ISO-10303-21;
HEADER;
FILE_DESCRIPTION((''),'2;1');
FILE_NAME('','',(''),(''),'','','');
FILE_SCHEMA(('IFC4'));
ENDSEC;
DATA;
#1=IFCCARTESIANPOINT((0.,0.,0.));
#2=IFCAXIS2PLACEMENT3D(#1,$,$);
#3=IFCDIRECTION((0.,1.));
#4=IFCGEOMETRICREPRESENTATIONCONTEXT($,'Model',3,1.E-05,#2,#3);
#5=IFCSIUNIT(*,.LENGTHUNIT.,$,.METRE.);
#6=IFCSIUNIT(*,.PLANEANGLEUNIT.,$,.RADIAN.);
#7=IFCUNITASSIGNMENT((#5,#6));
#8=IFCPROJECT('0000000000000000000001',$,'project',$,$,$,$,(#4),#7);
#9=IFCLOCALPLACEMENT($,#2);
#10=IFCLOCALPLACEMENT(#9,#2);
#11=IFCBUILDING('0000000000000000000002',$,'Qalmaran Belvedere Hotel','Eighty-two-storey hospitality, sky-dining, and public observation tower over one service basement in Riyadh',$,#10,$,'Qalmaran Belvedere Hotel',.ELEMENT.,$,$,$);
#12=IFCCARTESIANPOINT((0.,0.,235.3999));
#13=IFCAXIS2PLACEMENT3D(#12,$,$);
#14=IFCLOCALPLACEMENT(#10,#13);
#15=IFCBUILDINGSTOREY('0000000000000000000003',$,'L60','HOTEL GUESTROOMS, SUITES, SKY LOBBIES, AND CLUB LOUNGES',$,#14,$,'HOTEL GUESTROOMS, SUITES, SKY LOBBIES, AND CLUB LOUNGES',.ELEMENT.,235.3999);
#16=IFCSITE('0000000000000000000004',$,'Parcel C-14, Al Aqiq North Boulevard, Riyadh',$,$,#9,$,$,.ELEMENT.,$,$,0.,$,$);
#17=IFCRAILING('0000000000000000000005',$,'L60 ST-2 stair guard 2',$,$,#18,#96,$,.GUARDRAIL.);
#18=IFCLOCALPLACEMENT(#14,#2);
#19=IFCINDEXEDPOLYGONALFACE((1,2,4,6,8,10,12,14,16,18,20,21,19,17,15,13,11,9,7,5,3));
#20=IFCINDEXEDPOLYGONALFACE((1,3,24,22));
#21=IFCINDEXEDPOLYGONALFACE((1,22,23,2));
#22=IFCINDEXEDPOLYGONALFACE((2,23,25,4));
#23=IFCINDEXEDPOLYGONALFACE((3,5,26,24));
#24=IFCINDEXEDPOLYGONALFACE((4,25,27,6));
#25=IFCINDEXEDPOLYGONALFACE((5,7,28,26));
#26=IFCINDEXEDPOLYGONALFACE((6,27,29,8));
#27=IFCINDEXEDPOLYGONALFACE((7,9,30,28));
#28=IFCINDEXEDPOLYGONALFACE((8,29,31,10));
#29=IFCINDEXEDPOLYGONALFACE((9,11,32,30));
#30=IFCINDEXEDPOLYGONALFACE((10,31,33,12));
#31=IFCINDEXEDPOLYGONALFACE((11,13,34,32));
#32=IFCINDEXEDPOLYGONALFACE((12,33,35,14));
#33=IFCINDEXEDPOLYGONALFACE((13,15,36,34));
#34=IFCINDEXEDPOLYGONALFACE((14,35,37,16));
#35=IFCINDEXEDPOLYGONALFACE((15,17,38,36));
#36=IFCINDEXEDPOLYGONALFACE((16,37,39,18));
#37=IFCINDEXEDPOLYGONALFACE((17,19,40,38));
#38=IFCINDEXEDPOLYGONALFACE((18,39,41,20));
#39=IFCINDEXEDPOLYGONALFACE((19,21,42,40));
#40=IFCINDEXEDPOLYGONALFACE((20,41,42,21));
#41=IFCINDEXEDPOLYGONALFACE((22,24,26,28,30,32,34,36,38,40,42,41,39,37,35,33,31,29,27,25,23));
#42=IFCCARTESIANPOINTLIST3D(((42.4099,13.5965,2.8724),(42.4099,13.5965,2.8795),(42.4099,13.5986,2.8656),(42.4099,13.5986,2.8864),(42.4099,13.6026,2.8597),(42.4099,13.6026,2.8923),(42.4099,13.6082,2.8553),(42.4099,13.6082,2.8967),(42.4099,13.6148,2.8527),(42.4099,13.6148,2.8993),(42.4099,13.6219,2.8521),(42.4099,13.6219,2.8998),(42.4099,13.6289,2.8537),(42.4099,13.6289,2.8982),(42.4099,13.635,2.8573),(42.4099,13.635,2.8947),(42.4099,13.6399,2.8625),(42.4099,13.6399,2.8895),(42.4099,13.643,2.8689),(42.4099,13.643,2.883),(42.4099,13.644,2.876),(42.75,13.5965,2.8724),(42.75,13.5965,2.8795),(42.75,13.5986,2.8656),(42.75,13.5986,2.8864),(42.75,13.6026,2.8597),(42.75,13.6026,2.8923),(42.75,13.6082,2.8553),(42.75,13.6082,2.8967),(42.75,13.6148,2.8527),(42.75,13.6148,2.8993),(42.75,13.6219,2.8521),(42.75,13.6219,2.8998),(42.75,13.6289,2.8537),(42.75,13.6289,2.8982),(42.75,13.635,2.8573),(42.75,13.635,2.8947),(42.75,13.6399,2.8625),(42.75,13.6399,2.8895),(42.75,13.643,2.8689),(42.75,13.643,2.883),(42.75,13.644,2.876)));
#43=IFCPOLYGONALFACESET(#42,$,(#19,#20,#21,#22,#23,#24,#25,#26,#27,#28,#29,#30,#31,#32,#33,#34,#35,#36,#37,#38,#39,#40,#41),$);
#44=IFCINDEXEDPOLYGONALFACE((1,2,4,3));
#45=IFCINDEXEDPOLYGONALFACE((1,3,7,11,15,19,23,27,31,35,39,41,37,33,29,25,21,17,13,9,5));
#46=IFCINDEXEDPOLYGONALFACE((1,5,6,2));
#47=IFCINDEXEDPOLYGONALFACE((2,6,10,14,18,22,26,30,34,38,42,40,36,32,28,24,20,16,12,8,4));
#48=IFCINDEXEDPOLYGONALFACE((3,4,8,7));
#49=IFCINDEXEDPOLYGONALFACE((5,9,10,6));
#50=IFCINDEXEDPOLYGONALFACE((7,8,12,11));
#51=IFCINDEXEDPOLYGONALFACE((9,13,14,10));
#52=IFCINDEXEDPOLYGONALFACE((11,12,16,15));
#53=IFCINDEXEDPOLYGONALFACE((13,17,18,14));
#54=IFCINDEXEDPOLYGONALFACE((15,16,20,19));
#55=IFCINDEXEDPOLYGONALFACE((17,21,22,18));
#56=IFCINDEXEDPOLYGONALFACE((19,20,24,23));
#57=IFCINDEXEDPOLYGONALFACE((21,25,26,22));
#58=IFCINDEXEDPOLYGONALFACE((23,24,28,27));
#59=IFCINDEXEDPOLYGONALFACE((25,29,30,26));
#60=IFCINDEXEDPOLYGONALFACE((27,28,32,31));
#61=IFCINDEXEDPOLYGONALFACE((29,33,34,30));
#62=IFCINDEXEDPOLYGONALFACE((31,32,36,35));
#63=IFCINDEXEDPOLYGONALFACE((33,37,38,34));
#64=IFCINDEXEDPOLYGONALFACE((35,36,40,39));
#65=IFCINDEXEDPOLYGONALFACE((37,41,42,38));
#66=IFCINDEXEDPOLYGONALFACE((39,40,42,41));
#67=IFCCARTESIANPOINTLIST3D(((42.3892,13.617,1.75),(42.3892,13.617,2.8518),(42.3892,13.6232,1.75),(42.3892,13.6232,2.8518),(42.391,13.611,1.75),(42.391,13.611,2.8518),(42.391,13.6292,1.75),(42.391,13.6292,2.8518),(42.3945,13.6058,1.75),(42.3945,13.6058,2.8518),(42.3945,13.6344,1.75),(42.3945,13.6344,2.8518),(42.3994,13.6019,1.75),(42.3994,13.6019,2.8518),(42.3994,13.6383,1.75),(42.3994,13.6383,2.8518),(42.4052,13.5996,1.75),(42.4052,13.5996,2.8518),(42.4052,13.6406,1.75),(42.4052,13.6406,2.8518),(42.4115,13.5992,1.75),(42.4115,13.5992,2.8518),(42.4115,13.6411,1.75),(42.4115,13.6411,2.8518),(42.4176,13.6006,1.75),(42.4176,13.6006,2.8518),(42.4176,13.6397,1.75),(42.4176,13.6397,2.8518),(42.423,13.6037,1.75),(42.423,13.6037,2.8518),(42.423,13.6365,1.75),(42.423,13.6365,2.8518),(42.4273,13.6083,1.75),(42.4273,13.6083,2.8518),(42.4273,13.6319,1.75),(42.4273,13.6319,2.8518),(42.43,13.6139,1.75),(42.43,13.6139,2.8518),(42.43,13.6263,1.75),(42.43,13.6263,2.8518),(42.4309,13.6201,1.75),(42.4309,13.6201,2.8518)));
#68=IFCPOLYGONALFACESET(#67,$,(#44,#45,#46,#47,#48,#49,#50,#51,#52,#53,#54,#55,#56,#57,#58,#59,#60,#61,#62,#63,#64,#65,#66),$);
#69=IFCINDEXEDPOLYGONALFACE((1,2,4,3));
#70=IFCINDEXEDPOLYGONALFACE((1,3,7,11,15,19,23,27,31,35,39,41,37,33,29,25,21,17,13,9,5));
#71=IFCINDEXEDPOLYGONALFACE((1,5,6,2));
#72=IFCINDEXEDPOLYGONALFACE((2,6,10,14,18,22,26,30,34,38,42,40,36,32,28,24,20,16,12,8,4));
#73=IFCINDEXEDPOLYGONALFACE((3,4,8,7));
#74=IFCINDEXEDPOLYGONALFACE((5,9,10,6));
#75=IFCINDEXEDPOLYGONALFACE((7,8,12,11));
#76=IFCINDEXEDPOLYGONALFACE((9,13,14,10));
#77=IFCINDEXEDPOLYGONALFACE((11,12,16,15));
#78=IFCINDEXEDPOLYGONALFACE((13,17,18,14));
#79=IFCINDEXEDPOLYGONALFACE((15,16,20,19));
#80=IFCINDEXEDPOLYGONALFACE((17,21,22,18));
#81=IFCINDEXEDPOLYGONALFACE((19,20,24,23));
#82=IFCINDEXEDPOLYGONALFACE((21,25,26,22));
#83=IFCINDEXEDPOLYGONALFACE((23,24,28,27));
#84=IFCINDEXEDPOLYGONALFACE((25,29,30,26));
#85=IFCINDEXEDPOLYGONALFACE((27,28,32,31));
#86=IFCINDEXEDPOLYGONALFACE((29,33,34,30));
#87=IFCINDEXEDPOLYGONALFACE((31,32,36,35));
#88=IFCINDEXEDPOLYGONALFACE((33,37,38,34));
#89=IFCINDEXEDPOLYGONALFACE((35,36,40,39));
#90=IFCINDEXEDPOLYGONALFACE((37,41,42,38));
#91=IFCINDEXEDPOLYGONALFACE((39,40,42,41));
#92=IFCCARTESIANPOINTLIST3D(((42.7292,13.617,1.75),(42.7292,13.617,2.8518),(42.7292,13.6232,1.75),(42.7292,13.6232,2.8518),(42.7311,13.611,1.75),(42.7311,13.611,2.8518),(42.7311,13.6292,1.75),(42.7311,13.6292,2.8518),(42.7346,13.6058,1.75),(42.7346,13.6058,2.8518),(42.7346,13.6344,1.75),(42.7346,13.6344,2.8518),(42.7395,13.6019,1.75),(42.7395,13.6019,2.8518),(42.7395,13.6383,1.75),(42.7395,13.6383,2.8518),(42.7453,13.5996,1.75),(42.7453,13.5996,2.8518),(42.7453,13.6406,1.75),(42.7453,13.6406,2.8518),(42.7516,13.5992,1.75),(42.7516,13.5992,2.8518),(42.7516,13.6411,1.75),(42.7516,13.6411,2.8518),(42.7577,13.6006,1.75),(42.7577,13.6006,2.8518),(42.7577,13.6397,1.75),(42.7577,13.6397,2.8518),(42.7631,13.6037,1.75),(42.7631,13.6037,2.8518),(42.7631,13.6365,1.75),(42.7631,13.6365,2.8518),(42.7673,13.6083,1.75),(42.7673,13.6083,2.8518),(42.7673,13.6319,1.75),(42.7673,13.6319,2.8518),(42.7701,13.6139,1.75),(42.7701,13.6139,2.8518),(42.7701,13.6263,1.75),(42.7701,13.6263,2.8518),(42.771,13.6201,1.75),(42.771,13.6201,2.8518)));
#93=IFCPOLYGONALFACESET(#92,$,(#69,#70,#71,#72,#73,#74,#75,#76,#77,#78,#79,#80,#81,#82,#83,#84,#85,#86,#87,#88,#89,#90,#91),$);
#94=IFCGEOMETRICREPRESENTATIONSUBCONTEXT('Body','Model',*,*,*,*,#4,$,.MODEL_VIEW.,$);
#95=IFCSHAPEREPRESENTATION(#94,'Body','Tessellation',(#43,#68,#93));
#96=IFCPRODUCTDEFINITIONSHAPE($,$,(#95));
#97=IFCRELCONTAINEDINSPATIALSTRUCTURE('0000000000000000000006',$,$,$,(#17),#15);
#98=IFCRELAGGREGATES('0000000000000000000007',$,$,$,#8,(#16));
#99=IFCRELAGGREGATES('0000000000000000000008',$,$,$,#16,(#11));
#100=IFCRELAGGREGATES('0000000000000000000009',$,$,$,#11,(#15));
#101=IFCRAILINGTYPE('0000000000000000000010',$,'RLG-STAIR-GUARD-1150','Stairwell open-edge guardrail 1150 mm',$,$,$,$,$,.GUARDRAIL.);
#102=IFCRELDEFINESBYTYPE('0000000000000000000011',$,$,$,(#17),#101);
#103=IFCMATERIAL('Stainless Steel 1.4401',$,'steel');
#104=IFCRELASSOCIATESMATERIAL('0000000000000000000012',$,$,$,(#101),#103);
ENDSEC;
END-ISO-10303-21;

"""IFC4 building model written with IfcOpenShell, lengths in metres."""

from ifc_helpers import new_model, si_unit, direction, frame, origin, origin_2d, place, context, subcontext, project, spatial, circle, extrude, material, type_object, element, save


model = new_model("IFC4")

# Units and contexts
model_context = context("Model", 3, precision=1e-05, world=origin(), true_north=direction((0.0, 1.0)))
body_context = subcontext(model_context, "Body", "Model", "MODEL_VIEW")
ifc_project = project(units=[si_unit("LENGTHUNIT", "METRE"), si_unit("PLANEANGLEUNIT", "RADIAN")], contexts=[model_context])

# Site, building, storey
site_placement = place(None, origin())
site = spatial("IfcSite", under=ifc_project, at=site_placement, Name="Parcel C-14, Al Aqiq North Boulevard, Riyadh", CompositionType="ELEMENT", RefElevation=0.0)
building_placement = place(site_placement, origin())
building = spatial("IfcBuilding", under=site, at=building_placement, Name="Qalmaran Belvedere Hotel", Description="Eighty-two-storey hospitality, sky-dining, and public observation tower over one service basement in Riyadh", LongName="Qalmaran Belvedere Hotel", CompositionType="ELEMENT")
storey_placement = place(building_placement, frame((0.0, 0.0, 235.3999)))
storey = spatial("IfcBuildingStorey", under=building, at=storey_placement, Name="L60", Description="HOTEL GUESTROOMS, SUITES, SKY LOBBIES, AND CLUB LOUNGES", LongName="HOTEL GUESTROOMS, SUITES, SKY LOBBIES, AND CLUB LOUNGES", CompositionType="ELEMENT", Elevation=235.3999)

# Railing
ifc_material_1 = material(Name="Stainless Steel 1.4401", Category="steel")
railing_type_1 = type_object("IfcRailingType", Name="RLG-STAIR-GUARD-1150", Description="Stairwell open-edge guardrail 1150 mm", PredefinedType="GUARDRAIL", material=ifc_material_1)
railing_1_placement = place(storey_placement, frame((42.4099, 13.6201, 1.75)))
element("IfcRailing", 1, at=railing_1_placement, inside=storey, type_object=railing_type_1, Name="L60 ST-2 stair guard 2", PredefinedType="GUARDRAIL", context=body_context, shape_type="SweptSolid", body=[
    extrude(circle(Radius=0.0239, at=origin_2d()), frame((0.0, 0.0, 1.126), z_axis=(1.0, 0.0, 0.0), x_axis=(0.0, 1.0, 0.0)), (0.0, 0.0, 1.0), 0.3401),
    extrude(circle(Radius=0.021, at=origin_2d()), origin(), (0.0, 0.0, 1.0), 1.1018),
    extrude(circle(Radius=0.021, at=origin_2d()), frame((0.3401, 0.0, 0.0)), (0.0, 0.0, 1.0), 1.1018),
])

save(model, "model.ifc")
